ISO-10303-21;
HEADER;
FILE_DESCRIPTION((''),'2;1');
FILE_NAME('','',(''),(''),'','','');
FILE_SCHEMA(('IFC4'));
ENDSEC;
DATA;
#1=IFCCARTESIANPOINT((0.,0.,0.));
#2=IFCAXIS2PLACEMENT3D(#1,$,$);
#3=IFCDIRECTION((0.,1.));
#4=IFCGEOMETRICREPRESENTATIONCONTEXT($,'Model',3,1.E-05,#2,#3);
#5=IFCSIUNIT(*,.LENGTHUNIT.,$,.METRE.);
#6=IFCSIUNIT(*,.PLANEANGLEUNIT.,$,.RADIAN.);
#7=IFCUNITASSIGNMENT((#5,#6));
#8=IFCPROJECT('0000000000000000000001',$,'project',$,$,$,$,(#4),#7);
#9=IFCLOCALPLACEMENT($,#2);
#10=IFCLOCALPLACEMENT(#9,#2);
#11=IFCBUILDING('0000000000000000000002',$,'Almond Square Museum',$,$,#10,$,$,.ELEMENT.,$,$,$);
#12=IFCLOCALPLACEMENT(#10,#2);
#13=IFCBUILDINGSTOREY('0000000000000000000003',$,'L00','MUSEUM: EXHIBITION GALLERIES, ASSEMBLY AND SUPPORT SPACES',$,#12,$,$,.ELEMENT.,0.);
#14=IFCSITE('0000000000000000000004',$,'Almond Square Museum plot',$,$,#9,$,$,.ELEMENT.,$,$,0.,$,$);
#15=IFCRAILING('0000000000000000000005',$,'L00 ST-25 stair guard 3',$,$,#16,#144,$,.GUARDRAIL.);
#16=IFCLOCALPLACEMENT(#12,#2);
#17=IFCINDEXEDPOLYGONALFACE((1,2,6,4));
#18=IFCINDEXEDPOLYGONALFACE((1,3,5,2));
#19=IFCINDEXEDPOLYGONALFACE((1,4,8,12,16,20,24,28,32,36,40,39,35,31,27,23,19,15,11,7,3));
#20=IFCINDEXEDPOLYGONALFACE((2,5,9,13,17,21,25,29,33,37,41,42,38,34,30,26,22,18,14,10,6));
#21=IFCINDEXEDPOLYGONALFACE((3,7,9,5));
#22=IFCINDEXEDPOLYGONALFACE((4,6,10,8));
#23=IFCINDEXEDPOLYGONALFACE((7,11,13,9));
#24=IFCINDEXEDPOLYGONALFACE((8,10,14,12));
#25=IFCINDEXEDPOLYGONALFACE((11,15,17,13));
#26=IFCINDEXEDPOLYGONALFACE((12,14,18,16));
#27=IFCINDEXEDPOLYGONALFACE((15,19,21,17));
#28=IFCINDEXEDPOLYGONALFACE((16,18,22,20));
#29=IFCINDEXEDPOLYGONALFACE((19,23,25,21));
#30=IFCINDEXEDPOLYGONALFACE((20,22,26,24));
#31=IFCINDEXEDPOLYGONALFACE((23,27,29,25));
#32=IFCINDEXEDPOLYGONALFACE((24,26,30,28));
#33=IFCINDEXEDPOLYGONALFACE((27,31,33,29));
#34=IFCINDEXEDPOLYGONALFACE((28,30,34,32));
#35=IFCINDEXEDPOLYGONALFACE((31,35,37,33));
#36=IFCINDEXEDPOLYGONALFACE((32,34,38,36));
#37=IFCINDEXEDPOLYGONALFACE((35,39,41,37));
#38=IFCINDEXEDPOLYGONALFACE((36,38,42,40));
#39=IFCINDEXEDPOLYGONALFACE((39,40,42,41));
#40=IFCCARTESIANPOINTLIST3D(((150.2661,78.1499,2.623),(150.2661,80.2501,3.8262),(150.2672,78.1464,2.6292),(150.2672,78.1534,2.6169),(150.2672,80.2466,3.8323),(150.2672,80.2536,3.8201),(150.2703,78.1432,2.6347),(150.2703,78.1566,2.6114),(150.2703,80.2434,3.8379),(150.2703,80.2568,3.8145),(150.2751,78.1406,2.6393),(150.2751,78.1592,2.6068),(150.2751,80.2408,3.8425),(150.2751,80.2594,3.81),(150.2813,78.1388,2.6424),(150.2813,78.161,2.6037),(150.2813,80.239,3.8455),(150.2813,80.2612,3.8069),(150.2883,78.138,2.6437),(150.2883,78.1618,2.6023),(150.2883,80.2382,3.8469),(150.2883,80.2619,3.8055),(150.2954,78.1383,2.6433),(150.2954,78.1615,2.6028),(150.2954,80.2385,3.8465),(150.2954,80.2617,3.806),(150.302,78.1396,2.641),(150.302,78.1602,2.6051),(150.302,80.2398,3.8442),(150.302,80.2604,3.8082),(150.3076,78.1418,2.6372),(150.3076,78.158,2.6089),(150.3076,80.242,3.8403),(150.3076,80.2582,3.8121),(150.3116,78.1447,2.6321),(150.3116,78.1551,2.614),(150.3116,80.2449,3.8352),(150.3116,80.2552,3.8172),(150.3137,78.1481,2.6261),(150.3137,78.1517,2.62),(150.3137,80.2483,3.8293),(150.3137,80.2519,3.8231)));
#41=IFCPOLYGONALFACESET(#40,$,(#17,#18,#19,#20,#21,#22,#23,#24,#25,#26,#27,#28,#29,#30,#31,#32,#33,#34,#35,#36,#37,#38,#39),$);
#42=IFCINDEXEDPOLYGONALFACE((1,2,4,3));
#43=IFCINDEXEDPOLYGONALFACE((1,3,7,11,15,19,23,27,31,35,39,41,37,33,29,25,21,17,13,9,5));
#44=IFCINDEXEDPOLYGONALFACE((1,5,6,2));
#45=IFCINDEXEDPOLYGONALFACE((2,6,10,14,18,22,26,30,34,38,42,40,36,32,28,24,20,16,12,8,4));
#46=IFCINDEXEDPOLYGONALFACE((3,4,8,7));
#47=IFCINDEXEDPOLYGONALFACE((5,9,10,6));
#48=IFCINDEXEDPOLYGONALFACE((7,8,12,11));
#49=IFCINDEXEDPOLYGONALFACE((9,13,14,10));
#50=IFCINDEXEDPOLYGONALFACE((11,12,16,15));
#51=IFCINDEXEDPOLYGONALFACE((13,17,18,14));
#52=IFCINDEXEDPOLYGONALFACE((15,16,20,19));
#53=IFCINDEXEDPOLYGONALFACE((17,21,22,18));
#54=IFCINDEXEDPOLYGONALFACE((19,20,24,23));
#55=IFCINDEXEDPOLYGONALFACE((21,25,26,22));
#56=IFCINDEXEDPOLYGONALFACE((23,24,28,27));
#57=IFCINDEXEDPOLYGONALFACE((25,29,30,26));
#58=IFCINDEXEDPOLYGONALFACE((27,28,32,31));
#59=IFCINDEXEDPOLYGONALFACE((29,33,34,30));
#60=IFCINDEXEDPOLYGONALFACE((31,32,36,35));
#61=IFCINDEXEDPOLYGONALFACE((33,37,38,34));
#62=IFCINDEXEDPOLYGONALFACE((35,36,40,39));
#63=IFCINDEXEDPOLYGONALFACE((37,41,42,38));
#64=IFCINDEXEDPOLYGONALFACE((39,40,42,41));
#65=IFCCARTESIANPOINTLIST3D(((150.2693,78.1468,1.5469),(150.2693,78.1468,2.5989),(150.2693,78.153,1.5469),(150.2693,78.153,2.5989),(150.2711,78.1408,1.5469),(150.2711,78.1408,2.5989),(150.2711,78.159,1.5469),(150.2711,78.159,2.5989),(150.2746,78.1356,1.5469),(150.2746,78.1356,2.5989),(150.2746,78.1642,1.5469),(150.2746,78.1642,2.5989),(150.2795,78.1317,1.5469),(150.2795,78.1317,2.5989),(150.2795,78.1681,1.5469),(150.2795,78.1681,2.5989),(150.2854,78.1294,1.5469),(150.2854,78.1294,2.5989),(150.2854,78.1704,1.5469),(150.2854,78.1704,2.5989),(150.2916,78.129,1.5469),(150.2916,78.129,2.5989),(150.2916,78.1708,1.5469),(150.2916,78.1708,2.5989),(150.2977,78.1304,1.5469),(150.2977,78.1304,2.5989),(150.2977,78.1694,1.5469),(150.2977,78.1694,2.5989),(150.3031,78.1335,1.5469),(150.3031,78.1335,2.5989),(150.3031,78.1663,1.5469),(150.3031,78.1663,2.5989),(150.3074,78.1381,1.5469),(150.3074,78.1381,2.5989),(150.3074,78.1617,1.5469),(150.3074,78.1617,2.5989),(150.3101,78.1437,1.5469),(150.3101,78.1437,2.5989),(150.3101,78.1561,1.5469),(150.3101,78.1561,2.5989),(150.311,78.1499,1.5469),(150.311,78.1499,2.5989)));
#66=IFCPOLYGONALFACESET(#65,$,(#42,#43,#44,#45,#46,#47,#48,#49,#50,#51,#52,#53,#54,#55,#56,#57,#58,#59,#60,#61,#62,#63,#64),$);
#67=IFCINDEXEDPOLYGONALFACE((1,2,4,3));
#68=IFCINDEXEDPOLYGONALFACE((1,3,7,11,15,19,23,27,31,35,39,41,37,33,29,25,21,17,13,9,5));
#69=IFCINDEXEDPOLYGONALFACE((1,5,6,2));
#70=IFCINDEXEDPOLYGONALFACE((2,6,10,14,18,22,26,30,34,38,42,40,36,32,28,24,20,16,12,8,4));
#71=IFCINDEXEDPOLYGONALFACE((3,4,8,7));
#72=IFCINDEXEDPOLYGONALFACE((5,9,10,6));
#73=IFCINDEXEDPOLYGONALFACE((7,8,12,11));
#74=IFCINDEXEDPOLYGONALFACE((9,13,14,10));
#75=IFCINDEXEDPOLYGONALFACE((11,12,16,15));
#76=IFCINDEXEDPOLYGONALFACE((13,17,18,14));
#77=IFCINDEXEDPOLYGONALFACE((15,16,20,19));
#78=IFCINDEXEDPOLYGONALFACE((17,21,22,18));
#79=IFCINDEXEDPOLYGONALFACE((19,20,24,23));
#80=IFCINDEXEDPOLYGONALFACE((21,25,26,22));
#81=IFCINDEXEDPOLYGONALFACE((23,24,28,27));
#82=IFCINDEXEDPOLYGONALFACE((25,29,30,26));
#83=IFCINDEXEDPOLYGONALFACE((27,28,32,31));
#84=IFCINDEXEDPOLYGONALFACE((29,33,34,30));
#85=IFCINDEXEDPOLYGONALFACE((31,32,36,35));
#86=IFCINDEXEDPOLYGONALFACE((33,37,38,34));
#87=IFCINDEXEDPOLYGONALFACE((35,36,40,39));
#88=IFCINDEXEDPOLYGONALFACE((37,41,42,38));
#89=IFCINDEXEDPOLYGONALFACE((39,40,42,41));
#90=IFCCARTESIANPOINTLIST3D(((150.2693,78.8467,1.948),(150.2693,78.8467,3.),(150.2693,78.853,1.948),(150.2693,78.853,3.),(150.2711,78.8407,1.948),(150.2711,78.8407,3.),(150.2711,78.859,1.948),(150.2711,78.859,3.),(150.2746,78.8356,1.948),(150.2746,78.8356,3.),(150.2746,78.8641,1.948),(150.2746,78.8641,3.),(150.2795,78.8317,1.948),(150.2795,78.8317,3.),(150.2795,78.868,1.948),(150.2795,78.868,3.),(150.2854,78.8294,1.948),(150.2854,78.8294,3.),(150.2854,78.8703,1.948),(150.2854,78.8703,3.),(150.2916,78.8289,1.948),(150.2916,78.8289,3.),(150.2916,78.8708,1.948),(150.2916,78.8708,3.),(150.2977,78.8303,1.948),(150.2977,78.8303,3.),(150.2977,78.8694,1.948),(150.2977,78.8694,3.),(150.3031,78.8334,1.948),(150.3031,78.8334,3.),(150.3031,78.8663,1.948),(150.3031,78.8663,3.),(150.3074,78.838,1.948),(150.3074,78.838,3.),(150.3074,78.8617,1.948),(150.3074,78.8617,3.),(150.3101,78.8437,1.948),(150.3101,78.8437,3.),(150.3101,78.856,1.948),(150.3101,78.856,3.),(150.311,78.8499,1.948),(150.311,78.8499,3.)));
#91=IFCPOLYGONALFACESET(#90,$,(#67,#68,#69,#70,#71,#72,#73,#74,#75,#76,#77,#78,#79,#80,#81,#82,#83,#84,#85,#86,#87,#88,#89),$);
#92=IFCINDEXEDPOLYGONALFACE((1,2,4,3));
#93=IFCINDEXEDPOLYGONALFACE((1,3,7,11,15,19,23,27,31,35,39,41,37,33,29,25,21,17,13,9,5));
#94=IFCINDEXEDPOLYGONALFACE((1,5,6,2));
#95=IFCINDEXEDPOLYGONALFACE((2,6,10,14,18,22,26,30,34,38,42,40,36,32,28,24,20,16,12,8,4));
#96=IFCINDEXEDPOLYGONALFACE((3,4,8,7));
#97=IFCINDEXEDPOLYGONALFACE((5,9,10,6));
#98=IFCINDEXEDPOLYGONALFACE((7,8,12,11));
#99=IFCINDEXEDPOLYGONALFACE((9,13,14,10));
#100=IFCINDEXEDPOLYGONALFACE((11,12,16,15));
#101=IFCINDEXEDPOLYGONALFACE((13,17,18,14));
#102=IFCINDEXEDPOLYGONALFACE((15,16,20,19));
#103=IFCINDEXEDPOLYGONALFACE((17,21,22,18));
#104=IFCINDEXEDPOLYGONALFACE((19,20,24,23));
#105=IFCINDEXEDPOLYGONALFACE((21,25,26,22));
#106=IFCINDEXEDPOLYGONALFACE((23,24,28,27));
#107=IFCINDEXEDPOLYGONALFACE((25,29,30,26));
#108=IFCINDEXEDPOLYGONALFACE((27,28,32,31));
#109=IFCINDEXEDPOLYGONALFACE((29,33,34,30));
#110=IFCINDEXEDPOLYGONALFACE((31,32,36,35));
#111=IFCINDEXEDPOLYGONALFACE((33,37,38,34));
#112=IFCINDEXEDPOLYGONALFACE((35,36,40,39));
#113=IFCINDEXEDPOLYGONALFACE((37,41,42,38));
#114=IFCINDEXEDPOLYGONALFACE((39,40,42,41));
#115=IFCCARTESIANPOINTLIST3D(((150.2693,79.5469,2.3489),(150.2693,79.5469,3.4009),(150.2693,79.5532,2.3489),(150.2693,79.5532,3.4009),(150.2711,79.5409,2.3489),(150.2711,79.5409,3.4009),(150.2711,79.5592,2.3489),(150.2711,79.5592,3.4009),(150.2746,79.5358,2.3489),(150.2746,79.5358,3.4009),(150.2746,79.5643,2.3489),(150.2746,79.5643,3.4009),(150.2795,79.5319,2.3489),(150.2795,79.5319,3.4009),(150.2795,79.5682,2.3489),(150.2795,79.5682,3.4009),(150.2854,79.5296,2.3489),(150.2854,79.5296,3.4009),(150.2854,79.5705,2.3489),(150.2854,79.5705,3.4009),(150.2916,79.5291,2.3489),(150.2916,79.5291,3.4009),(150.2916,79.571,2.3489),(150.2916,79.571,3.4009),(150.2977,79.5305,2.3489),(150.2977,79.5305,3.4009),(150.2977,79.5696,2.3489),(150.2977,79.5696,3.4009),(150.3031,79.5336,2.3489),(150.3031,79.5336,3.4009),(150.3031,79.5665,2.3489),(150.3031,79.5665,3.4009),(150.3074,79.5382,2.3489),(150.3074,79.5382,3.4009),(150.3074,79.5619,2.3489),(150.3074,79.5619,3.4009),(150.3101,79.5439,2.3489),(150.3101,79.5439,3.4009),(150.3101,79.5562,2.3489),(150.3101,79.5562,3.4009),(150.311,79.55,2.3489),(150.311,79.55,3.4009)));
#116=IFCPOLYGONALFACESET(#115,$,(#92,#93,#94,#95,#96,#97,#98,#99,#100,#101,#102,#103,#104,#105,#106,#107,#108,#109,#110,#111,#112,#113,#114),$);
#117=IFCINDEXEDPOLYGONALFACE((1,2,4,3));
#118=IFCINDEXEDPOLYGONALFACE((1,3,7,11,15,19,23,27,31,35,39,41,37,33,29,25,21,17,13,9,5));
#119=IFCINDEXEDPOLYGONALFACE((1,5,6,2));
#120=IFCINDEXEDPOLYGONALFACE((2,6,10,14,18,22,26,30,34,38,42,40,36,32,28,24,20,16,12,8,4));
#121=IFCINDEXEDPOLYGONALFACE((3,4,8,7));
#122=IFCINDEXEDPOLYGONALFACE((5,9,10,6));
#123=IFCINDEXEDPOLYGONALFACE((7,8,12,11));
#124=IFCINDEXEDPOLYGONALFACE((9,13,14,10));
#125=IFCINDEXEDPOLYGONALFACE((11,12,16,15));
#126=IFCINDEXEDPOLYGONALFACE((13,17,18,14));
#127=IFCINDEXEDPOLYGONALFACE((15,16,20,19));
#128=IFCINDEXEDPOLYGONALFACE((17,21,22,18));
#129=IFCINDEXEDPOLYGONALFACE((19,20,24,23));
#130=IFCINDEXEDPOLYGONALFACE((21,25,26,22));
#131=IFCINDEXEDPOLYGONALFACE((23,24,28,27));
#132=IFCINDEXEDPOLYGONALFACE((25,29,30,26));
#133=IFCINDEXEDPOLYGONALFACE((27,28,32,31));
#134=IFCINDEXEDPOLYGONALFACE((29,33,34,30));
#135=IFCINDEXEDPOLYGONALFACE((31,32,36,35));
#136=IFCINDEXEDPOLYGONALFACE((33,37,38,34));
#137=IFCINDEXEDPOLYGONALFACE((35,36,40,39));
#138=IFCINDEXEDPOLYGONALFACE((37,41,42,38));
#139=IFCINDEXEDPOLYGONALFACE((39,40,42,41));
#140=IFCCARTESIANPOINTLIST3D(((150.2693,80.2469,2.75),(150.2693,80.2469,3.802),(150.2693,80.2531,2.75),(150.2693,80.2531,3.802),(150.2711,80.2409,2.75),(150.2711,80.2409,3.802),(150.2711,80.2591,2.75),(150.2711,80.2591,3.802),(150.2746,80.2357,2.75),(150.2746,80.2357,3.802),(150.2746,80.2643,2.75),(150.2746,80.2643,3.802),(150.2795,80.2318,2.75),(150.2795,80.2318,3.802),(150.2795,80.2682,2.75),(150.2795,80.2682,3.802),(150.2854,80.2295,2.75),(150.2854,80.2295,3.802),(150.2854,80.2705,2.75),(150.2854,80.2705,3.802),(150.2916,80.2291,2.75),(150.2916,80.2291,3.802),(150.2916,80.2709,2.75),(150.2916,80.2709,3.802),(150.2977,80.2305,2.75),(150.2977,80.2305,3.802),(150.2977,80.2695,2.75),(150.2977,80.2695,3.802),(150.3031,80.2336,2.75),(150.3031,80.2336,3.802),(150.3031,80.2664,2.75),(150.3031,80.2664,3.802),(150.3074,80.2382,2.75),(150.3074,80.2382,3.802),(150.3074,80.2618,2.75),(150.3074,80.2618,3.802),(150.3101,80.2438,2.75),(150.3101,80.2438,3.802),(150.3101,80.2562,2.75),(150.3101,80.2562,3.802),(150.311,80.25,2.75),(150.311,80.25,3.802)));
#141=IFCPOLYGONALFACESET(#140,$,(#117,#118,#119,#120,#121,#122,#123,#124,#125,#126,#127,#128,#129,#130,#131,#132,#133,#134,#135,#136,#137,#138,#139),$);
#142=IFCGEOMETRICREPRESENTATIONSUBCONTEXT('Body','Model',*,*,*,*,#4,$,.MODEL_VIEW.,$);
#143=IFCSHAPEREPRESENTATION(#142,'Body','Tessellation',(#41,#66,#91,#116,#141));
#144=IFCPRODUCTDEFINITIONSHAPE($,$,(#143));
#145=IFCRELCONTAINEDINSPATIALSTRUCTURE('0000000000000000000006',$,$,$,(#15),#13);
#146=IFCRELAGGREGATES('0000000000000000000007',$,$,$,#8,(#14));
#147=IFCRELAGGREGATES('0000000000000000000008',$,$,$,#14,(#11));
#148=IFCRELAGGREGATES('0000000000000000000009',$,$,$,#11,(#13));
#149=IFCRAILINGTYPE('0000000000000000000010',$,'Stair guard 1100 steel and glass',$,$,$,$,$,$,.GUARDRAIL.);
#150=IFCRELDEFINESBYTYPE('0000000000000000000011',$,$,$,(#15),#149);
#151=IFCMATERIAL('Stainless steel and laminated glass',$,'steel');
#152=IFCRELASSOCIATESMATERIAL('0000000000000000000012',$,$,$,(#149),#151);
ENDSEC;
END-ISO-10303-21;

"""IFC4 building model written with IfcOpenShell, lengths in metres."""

from ifc_helpers import new_model, si_unit, direction, frame, origin, origin_2d, place, context, subcontext, project, spatial, circle, extrude, material, type_object, element, save


model = new_model("IFC4")

# Units and contexts
model_context = context("Model", 3, precision=1e-05, world=origin(), true_north=direction((0.0, 1.0)))
body_context = subcontext(model_context, "Body", "Model", "MODEL_VIEW")
ifc_project = project(units=[si_unit("LENGTHUNIT", "METRE"), si_unit("PLANEANGLEUNIT", "RADIAN")], contexts=[model_context])

# Site, building, storey
site_placement = place(None, origin())
site = spatial("IfcSite", under=ifc_project, at=site_placement, Name="Almond Square Museum plot", CompositionType="ELEMENT", RefElevation=0.0)
building_placement = place(site_placement, origin())
building = spatial("IfcBuilding", under=site, at=building_placement, Name="Almond Square Museum", CompositionType="ELEMENT")
storey_placement = place(building_placement, origin())
storey = spatial("IfcBuildingStorey", under=building, at=storey_placement, Name="L00", Description="MUSEUM: EXHIBITION GALLERIES, ASSEMBLY AND SUPPORT SPACES", CompositionType="ELEMENT", Elevation=0.0)

# Railing
ifc_material_1 = material(Name="Stainless steel and laminated glass", Category="steel")
railing_type_1 = type_object("IfcRailingType", Name="Stair guard 1100 steel and glass", PredefinedType="GUARDRAIL", material=ifc_material_1)
railing_1_placement = place(storey_placement, frame((150.29, 78.1499, 1.5469)))
element("IfcRailing", 1, at=railing_1_placement, inside=storey, type_object=railing_type_1, Name="L00 ST-25 stair guard 3", PredefinedType="GUARDRAIL", context=body_context, shape_type="SweptSolid", body=[
    extrude(circle(Radius=0.0239, at=origin_2d()), frame((0.0, 0.0, 1.0762), z_axis=(0.0, 0.867696, 0.497095), x_axis=(-1.0, 0.0, 0.0)), (0.0, 0.0, 1.0), 2.4204),
    extrude(circle(Radius=0.021, at=origin_2d()), origin(), (0.0, 0.0, 1.0), 1.052),
    extrude(circle(Radius=0.021, at=origin_2d()), frame((0.0, 0.7, 0.4011)), (0.0, 0.0, 1.0), 1.052),
    extrude(circle(Radius=0.021, at=origin_2d()), frame((0.0, 1.4001, 0.802)), (0.0, 0.0, 1.0), 1.052),
    extrude(circle(Radius=0.021, at=origin_2d()), frame((0.0, 2.1001, 1.2031)), (0.0, 0.0, 1.0), 1.052),
])

save(model, "model.ifc")
